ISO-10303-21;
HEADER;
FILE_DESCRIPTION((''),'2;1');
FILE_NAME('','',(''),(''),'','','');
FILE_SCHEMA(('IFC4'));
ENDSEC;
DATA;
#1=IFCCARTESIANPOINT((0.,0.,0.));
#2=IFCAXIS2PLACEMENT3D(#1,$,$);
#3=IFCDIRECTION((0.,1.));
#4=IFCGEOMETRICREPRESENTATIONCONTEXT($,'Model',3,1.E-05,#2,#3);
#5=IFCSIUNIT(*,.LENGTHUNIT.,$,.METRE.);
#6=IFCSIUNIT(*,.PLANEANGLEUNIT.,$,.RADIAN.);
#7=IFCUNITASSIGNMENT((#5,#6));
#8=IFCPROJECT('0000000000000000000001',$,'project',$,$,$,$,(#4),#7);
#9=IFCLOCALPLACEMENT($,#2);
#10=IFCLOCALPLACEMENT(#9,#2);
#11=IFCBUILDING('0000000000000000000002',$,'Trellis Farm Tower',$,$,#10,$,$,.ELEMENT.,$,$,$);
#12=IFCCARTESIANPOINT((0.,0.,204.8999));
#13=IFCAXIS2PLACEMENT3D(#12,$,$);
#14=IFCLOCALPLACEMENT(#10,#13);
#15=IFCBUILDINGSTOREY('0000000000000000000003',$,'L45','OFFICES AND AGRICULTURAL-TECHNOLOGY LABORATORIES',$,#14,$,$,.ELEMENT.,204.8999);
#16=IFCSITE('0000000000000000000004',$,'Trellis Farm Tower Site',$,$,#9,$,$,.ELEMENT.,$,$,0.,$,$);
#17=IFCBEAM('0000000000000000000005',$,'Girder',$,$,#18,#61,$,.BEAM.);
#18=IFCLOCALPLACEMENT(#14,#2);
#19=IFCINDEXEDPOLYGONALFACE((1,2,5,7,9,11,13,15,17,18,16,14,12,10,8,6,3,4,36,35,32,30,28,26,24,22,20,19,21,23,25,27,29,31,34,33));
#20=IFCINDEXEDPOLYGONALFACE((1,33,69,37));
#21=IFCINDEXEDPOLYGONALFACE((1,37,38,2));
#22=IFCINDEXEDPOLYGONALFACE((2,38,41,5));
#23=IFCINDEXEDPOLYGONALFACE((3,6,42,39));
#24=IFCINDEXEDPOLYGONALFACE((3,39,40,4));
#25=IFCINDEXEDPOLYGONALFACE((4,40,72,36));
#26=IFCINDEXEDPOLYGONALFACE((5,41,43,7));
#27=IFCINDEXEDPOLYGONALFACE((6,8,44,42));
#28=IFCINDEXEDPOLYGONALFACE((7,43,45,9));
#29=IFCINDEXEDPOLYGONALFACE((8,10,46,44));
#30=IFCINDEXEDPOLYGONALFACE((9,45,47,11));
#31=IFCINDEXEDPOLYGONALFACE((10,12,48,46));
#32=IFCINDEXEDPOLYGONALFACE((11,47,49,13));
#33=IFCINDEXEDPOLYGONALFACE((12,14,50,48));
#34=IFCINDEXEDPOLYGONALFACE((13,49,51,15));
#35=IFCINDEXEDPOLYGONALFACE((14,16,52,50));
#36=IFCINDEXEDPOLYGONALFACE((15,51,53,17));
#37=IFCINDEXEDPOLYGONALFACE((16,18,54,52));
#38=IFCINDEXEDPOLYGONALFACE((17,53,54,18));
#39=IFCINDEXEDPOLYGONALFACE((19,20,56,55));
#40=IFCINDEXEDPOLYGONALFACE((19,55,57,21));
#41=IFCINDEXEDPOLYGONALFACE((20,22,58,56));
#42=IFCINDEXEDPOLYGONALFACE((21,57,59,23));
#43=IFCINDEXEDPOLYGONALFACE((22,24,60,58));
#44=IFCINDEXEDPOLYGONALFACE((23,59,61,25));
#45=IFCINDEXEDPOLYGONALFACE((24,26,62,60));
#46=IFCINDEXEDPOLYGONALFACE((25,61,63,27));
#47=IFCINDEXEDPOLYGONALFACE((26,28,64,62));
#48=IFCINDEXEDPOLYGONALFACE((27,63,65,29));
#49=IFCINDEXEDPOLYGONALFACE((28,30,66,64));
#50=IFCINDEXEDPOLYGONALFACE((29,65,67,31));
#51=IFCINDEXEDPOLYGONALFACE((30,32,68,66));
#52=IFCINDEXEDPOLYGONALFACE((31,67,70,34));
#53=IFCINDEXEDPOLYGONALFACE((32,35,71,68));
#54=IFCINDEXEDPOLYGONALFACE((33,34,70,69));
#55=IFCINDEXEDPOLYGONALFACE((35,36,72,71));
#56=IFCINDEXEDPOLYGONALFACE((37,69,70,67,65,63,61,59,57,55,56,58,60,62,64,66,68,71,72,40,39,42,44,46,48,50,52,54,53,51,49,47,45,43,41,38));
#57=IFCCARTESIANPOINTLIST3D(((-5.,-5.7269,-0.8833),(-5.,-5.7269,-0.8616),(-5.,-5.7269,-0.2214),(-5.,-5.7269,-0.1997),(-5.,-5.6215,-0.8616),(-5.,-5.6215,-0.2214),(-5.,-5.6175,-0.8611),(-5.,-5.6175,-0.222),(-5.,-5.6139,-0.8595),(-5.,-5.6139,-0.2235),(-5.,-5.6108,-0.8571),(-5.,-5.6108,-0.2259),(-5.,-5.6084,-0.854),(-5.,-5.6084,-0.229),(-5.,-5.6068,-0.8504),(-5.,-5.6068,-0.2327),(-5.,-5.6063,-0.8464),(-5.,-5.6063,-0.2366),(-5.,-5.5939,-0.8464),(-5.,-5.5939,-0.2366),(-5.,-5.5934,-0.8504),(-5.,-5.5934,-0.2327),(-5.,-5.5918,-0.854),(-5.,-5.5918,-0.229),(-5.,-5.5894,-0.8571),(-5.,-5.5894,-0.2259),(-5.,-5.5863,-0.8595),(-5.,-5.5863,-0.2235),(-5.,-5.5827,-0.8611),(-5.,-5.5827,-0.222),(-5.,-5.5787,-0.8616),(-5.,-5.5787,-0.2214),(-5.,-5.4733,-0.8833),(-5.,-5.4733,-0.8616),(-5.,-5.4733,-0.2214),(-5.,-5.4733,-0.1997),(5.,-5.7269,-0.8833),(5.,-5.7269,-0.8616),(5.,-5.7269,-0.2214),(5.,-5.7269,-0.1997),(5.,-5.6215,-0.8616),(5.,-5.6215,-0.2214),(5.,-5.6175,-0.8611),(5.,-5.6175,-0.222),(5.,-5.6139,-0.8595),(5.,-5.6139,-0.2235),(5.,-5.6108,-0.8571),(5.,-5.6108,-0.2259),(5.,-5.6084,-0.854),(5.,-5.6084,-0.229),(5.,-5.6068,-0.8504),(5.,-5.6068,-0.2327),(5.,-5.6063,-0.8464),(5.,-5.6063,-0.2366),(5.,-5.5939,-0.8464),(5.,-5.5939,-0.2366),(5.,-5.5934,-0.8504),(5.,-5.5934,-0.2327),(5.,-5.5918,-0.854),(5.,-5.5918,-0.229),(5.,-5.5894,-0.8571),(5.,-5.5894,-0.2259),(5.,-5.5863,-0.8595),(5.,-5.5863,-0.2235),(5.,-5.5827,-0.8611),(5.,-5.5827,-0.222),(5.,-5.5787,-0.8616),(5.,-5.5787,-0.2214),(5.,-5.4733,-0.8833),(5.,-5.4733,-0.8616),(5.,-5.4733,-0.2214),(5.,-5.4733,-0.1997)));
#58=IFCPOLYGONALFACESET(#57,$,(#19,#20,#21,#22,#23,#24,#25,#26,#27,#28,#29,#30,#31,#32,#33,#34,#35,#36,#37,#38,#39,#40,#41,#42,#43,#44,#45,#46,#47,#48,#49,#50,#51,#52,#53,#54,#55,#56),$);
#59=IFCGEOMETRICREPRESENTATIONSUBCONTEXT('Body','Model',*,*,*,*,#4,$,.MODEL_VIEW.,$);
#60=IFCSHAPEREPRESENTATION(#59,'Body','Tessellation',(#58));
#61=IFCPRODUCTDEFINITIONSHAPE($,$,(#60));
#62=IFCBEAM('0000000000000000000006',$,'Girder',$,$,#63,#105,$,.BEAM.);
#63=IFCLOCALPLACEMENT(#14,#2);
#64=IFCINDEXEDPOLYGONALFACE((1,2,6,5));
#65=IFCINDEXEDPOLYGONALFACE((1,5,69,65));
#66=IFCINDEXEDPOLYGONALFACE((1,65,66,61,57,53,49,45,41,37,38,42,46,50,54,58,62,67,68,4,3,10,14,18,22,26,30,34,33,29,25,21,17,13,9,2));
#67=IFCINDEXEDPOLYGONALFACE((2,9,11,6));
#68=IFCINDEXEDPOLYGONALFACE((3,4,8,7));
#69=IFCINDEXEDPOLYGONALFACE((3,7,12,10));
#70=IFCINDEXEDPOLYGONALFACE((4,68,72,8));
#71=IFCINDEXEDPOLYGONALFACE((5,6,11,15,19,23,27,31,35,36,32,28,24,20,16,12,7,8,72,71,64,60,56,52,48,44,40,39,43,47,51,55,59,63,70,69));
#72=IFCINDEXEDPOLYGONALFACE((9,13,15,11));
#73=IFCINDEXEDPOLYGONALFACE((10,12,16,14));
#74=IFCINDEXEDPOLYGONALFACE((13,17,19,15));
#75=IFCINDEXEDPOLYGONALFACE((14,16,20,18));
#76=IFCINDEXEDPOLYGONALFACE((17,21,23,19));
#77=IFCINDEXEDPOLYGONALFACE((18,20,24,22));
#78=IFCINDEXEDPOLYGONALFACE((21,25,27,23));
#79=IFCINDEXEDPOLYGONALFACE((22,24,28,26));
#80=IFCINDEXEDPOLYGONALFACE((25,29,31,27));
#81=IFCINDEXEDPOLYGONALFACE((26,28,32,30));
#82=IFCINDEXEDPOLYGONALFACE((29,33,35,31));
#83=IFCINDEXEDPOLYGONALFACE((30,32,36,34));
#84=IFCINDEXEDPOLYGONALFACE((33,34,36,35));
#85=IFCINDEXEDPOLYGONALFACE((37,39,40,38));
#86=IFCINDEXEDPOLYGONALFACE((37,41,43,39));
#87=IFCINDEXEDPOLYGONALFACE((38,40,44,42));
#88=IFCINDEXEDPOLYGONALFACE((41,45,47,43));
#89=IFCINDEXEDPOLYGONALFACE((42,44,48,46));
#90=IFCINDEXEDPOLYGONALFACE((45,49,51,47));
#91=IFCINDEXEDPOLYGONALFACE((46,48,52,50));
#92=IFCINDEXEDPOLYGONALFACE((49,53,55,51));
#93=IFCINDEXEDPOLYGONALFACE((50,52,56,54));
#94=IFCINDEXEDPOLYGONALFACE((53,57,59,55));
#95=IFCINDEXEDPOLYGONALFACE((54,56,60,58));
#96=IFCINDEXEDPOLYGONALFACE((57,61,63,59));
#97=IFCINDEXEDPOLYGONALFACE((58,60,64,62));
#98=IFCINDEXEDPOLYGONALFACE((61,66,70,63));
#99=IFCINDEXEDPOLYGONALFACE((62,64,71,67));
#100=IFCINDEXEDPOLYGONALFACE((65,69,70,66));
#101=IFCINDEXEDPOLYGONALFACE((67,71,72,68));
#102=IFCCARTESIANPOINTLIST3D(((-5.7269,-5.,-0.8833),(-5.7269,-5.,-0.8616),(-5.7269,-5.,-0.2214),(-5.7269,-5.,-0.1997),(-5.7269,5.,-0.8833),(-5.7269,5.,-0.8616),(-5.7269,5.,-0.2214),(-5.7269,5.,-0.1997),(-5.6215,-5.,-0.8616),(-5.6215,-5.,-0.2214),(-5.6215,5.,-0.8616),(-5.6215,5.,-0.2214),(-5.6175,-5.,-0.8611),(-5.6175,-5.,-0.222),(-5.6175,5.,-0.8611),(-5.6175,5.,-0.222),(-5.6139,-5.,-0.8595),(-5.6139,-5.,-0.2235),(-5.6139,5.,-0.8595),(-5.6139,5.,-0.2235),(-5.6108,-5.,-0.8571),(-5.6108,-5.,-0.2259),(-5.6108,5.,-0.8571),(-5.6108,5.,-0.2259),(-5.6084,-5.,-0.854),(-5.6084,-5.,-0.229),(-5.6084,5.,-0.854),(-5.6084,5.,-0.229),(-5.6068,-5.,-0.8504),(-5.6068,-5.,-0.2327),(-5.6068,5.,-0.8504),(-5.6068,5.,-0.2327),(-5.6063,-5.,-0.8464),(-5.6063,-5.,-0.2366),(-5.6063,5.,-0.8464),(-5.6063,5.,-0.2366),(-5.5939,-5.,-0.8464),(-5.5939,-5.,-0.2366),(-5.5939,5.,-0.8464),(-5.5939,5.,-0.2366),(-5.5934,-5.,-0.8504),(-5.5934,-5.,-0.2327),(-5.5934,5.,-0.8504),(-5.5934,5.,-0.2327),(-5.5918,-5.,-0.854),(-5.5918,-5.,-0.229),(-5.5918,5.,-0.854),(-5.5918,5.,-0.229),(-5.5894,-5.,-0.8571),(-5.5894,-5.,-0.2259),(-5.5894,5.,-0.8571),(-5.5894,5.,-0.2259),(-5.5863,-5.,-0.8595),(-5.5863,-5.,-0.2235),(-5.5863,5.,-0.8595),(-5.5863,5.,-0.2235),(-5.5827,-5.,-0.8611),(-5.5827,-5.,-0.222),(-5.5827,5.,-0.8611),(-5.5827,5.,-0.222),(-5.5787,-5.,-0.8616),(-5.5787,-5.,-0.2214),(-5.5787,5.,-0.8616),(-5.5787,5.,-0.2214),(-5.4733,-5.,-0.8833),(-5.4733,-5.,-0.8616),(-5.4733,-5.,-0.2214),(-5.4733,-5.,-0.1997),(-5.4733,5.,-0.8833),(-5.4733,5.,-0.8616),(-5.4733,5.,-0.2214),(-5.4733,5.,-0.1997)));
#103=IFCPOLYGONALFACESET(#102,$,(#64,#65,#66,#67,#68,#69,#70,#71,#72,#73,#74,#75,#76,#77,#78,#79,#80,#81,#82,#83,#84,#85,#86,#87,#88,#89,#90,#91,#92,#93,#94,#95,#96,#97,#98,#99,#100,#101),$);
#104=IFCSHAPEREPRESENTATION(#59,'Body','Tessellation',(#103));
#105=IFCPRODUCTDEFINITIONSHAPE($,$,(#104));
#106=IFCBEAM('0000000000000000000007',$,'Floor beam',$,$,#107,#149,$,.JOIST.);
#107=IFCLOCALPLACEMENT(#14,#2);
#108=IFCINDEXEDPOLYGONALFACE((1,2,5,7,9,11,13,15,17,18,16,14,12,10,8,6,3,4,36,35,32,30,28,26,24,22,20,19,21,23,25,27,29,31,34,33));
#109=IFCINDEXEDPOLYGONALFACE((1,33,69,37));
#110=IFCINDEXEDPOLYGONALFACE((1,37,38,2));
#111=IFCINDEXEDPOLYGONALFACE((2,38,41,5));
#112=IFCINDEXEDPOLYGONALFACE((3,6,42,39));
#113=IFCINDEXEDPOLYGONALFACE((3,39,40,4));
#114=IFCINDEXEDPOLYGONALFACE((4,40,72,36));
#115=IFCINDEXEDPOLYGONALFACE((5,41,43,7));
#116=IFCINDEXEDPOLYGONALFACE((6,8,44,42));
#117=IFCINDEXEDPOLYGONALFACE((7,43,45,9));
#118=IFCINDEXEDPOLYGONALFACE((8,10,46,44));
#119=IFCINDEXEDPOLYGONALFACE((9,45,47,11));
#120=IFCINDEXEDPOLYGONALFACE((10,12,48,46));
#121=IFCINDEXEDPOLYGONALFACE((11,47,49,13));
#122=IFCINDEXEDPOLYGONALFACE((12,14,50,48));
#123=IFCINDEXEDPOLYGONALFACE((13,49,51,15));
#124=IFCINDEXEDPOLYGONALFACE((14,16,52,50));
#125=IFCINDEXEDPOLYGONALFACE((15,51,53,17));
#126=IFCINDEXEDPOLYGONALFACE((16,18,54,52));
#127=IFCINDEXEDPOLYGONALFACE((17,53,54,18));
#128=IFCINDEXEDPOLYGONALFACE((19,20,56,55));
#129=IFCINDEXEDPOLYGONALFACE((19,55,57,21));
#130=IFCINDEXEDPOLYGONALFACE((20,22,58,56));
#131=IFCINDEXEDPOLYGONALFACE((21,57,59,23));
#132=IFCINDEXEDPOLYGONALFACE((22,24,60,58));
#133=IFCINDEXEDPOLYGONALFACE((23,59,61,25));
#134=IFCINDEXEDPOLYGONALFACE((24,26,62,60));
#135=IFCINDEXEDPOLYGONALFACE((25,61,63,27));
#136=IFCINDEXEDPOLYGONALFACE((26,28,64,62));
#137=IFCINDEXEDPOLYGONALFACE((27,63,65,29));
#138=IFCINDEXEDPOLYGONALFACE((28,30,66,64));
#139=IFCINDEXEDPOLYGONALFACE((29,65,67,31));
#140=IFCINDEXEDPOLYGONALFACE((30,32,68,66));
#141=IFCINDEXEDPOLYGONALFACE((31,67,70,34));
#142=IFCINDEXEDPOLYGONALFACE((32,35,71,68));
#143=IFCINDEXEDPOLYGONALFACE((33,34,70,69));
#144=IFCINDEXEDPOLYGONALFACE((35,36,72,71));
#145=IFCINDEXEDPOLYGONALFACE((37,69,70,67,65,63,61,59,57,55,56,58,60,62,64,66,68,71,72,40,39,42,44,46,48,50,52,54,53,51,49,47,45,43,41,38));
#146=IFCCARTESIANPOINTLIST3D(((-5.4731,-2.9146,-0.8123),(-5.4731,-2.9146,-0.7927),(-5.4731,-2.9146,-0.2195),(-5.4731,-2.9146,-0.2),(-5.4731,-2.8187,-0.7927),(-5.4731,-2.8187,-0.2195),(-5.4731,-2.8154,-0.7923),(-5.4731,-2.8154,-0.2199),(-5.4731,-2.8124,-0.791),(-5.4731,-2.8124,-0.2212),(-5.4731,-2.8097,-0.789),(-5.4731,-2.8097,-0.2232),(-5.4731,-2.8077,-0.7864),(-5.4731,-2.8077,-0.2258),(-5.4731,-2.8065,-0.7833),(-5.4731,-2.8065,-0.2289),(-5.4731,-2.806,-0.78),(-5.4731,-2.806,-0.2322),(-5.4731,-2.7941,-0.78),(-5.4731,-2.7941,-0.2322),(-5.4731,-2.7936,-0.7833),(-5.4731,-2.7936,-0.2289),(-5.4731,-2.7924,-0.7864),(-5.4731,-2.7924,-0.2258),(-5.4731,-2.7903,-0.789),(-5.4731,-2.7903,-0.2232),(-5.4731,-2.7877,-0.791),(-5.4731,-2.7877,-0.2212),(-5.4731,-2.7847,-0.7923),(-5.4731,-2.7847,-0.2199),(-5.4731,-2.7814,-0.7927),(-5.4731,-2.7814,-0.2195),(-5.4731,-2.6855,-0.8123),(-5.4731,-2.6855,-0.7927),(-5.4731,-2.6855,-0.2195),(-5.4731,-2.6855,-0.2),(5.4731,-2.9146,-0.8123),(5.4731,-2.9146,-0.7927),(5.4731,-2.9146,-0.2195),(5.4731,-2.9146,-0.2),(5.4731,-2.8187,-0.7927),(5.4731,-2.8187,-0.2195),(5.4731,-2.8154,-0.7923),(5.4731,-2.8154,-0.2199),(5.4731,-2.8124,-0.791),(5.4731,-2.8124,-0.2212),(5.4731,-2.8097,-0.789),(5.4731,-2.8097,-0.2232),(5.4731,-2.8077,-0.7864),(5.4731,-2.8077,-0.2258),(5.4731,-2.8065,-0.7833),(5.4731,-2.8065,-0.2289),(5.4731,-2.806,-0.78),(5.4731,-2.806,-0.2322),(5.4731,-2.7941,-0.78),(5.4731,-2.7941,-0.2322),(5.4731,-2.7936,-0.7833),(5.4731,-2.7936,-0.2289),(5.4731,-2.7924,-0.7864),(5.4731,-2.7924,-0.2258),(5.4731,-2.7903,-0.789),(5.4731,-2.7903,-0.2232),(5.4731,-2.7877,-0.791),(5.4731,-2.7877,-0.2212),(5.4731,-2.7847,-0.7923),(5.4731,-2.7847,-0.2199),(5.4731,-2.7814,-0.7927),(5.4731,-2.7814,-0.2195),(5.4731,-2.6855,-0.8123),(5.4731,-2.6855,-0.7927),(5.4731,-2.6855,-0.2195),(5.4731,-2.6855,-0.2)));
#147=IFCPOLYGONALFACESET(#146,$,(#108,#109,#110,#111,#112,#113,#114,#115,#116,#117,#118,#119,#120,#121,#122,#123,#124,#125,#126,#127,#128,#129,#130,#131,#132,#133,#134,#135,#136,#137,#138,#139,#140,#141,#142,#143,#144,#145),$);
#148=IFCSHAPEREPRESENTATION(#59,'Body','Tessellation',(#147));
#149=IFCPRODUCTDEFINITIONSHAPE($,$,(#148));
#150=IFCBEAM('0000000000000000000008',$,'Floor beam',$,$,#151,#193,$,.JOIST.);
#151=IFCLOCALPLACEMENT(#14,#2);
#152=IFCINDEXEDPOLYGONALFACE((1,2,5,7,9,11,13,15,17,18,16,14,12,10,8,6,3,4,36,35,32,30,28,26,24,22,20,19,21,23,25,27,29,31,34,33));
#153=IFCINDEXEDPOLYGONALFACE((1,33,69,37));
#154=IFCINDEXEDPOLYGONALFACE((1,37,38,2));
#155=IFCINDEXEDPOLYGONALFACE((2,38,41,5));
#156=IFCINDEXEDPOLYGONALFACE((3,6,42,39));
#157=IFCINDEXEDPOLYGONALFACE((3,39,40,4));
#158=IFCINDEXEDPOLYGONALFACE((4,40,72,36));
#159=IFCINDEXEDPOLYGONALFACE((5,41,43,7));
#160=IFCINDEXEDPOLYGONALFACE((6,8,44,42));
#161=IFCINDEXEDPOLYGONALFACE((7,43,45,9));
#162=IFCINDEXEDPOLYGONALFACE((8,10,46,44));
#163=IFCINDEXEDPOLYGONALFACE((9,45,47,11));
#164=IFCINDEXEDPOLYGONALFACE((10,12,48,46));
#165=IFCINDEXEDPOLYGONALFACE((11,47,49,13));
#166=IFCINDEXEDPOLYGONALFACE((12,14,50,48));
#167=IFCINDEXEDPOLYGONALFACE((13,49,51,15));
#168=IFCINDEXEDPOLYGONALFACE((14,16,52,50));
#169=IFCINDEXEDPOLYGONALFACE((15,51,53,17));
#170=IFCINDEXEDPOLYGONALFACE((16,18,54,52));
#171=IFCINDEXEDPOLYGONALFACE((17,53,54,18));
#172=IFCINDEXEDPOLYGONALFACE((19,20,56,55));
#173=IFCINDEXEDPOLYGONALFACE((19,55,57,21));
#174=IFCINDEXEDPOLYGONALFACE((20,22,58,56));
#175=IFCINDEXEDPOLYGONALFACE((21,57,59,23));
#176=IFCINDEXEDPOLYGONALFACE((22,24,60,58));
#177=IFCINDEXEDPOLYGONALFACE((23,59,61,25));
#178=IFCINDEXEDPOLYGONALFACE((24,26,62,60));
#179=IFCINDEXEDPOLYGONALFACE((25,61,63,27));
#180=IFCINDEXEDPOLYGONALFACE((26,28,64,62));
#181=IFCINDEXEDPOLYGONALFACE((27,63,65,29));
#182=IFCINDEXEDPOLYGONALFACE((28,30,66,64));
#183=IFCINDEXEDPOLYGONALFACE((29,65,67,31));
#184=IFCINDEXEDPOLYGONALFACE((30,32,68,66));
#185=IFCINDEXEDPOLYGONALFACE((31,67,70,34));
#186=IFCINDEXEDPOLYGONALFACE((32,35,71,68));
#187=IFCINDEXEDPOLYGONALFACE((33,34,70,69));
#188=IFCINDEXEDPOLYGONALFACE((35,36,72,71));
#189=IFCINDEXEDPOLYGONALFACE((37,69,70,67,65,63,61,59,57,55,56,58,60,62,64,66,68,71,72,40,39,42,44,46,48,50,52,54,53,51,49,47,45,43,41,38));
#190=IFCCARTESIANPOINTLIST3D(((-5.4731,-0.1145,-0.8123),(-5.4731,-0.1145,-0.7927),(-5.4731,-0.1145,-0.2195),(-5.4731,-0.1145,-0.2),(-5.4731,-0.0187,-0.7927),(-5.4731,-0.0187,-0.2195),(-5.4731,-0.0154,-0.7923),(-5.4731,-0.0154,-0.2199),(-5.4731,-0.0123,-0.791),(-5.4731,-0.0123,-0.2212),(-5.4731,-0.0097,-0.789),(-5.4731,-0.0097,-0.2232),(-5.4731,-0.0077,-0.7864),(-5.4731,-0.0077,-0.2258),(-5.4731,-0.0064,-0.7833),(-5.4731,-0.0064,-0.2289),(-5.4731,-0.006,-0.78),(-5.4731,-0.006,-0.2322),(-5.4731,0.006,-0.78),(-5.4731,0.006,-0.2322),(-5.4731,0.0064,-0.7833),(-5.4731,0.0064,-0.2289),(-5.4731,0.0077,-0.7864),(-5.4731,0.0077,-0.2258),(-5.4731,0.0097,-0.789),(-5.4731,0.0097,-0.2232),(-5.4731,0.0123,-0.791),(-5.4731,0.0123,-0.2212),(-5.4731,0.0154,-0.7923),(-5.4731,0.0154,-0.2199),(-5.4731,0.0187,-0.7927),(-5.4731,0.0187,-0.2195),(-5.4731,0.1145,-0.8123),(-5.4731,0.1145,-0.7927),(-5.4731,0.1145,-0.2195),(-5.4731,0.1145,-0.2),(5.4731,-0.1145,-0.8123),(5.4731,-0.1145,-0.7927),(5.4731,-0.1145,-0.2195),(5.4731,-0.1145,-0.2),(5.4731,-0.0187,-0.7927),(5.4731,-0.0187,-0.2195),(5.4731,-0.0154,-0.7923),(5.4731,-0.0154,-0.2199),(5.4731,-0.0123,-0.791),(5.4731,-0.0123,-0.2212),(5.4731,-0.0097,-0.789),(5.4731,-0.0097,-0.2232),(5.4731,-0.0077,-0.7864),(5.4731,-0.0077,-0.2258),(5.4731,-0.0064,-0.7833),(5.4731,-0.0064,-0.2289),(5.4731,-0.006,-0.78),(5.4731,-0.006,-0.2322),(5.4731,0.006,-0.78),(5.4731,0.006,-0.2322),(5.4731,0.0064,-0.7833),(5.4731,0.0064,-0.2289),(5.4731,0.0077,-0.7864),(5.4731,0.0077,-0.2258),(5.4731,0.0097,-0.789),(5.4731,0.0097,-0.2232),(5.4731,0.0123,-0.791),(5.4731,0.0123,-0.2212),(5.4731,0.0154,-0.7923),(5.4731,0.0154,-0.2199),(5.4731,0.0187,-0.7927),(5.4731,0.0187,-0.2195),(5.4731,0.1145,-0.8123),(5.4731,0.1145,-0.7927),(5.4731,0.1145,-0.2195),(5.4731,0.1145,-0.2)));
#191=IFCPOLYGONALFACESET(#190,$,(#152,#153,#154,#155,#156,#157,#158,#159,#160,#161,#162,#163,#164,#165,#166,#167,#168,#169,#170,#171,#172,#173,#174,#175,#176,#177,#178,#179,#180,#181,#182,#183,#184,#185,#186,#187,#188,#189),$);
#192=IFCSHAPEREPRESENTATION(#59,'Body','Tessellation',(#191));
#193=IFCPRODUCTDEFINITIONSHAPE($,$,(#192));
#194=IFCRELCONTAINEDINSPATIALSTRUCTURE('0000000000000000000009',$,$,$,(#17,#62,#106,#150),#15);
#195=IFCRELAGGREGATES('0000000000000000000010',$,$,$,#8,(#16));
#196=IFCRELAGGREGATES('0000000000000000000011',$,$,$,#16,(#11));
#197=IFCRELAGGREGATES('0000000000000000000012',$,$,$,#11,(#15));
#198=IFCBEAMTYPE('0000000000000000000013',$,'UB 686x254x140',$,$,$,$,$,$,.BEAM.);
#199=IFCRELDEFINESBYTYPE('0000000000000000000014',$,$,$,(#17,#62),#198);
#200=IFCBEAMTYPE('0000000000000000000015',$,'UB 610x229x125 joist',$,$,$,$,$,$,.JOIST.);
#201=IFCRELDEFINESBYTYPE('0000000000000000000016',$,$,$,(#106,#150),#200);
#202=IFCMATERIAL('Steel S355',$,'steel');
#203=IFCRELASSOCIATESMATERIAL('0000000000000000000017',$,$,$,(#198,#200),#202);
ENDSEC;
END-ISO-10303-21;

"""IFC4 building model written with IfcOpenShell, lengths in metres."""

from ifc_helpers import new_model, si_unit, direction, frame, origin, origin_2d, place, context, subcontext, project, spatial, i_section, extrude, source, transform, mapped, material, material_profile, profile_set, type_object, element, save


model = new_model("IFC4")

# Units and contexts
model_context = context("Model", 3, precision=1e-05, world=origin(), true_north=direction((0.0, 1.0)))
body_context = subcontext(model_context, "Body", "Model", "MODEL_VIEW")
ifc_project = project(units=[si_unit("LENGTHUNIT", "METRE"), si_unit("PLANEANGLEUNIT", "RADIAN")], contexts=[model_context])

# Site, building, storey
site_placement = place(None, origin())
site = spatial("IfcSite", under=ifc_project, at=site_placement, Name="Trellis Farm Tower Site", CompositionType="ELEMENT", RefElevation=0.0)
building_placement = place(site_placement, origin())
building = spatial("IfcBuilding", under=site, at=building_placement, Name="Trellis Farm Tower", CompositionType="ELEMENT")
storey_placement = place(building_placement, frame((0.0, 0.0, 204.8999)))
storey = spatial("IfcBuildingStorey", under=building, at=storey_placement, Name="L45", Description="OFFICES AND AGRICULTURAL-TECHNOLOGY LABORATORIES", CompositionType="ELEMENT", Elevation=204.8999)

# Beams
ifc_material_1 = material(Name="Steel S355", Category="steel")
ifc_material_profile_1 = material_profile(ifc_material_1, i_section(OverallWidth=0.2537, OverallDepth=0.6836, WebThickness=0.0125, FlangeThickness=0.0217, FilletRadius=0.0151, at=origin_2d()), Name="UB 686x254x140")
ifc_profile_set_1 = profile_set([ifc_material_profile_1], Name="Steel S355")
beam_type_1 = type_object("IfcBeamType", Name="UB 686x254x140", PredefinedType="BEAM", material=ifc_profile_set_1)
shared_shape_1 = source(origin(), body_context, "Body", "SweptSolid", [
    extrude(i_section(OverallWidth=0.2537, OverallDepth=0.6836, WebThickness=0.0125, FlangeThickness=0.0217, FilletRadius=0.0151, at=origin_2d()), origin(), (0.0, 0.0, 1.0), 10.0),
])
for number, where, z_axis, x_axis, name in (
    (1, (-5.0, -5.6001, -0.5415), (1.0, 0.0, 0.0), (0.0, 1.0, 0.0), "Girder"),
    (2, (-5.6001, -5.0, -0.5415), (0.0, 1.0, 0.0), (-1.0, 0.0, 0.0), "Girder"),
):
    element("IfcBeam", number, at=place(storey_placement, frame(where, z_axis=z_axis, x_axis=x_axis)), inside=storey, type_object=beam_type_1, Name=name, PredefinedType="BEAM", context=body_context, shape_type="MappedRepresentation", body=[
        mapped(shared_shape_1, transform((0.0, 0.0, 0.0))),
    ])
ifc_material_profile_2 = material_profile(ifc_material_1, i_section(OverallWidth=0.229, OverallDepth=0.6123, WebThickness=0.012, FlangeThickness=0.0195, FilletRadius=0.0127, at=origin_2d()), Name="UB 610x229x125")
ifc_profile_set_2 = profile_set([ifc_material_profile_2], Name="Steel S355")
beam_type_2 = type_object("IfcBeamType", Name="UB 610x229x125 joist", PredefinedType="JOIST", material=ifc_profile_set_2)
shared_shape_2 = source(origin(), body_context, "Body", "SweptSolid", [
    extrude(i_section(OverallWidth=0.229, OverallDepth=0.6123, WebThickness=0.012, FlangeThickness=0.0195, FilletRadius=0.0127, at=origin_2d()), origin(), (0.0, 0.0, 1.0), 10.9463),
])
for number, where, z_axis, x_axis, name in (
    (3, (-5.4731, -2.8, -0.5061), (1.0, 0.0, 0.0), (0.0, 1.0, 0.0), "Floor beam"),
    (4, (-5.4731, 0.0, -0.5061), (1.0, 0.0, 0.0), (0.0, 1.0, 0.0), "Floor beam"),
):
    element("IfcBeam", number, at=place(storey_placement, frame(where, z_axis=z_axis, x_axis=x_axis)), inside=storey, type_object=beam_type_2, Name=name, PredefinedType="JOIST", context=body_context, shape_type="MappedRepresentation", body=[
        mapped(shared_shape_2, transform((0.0, 0.0, 0.0))),
    ])

save(model, "model.ifc")
